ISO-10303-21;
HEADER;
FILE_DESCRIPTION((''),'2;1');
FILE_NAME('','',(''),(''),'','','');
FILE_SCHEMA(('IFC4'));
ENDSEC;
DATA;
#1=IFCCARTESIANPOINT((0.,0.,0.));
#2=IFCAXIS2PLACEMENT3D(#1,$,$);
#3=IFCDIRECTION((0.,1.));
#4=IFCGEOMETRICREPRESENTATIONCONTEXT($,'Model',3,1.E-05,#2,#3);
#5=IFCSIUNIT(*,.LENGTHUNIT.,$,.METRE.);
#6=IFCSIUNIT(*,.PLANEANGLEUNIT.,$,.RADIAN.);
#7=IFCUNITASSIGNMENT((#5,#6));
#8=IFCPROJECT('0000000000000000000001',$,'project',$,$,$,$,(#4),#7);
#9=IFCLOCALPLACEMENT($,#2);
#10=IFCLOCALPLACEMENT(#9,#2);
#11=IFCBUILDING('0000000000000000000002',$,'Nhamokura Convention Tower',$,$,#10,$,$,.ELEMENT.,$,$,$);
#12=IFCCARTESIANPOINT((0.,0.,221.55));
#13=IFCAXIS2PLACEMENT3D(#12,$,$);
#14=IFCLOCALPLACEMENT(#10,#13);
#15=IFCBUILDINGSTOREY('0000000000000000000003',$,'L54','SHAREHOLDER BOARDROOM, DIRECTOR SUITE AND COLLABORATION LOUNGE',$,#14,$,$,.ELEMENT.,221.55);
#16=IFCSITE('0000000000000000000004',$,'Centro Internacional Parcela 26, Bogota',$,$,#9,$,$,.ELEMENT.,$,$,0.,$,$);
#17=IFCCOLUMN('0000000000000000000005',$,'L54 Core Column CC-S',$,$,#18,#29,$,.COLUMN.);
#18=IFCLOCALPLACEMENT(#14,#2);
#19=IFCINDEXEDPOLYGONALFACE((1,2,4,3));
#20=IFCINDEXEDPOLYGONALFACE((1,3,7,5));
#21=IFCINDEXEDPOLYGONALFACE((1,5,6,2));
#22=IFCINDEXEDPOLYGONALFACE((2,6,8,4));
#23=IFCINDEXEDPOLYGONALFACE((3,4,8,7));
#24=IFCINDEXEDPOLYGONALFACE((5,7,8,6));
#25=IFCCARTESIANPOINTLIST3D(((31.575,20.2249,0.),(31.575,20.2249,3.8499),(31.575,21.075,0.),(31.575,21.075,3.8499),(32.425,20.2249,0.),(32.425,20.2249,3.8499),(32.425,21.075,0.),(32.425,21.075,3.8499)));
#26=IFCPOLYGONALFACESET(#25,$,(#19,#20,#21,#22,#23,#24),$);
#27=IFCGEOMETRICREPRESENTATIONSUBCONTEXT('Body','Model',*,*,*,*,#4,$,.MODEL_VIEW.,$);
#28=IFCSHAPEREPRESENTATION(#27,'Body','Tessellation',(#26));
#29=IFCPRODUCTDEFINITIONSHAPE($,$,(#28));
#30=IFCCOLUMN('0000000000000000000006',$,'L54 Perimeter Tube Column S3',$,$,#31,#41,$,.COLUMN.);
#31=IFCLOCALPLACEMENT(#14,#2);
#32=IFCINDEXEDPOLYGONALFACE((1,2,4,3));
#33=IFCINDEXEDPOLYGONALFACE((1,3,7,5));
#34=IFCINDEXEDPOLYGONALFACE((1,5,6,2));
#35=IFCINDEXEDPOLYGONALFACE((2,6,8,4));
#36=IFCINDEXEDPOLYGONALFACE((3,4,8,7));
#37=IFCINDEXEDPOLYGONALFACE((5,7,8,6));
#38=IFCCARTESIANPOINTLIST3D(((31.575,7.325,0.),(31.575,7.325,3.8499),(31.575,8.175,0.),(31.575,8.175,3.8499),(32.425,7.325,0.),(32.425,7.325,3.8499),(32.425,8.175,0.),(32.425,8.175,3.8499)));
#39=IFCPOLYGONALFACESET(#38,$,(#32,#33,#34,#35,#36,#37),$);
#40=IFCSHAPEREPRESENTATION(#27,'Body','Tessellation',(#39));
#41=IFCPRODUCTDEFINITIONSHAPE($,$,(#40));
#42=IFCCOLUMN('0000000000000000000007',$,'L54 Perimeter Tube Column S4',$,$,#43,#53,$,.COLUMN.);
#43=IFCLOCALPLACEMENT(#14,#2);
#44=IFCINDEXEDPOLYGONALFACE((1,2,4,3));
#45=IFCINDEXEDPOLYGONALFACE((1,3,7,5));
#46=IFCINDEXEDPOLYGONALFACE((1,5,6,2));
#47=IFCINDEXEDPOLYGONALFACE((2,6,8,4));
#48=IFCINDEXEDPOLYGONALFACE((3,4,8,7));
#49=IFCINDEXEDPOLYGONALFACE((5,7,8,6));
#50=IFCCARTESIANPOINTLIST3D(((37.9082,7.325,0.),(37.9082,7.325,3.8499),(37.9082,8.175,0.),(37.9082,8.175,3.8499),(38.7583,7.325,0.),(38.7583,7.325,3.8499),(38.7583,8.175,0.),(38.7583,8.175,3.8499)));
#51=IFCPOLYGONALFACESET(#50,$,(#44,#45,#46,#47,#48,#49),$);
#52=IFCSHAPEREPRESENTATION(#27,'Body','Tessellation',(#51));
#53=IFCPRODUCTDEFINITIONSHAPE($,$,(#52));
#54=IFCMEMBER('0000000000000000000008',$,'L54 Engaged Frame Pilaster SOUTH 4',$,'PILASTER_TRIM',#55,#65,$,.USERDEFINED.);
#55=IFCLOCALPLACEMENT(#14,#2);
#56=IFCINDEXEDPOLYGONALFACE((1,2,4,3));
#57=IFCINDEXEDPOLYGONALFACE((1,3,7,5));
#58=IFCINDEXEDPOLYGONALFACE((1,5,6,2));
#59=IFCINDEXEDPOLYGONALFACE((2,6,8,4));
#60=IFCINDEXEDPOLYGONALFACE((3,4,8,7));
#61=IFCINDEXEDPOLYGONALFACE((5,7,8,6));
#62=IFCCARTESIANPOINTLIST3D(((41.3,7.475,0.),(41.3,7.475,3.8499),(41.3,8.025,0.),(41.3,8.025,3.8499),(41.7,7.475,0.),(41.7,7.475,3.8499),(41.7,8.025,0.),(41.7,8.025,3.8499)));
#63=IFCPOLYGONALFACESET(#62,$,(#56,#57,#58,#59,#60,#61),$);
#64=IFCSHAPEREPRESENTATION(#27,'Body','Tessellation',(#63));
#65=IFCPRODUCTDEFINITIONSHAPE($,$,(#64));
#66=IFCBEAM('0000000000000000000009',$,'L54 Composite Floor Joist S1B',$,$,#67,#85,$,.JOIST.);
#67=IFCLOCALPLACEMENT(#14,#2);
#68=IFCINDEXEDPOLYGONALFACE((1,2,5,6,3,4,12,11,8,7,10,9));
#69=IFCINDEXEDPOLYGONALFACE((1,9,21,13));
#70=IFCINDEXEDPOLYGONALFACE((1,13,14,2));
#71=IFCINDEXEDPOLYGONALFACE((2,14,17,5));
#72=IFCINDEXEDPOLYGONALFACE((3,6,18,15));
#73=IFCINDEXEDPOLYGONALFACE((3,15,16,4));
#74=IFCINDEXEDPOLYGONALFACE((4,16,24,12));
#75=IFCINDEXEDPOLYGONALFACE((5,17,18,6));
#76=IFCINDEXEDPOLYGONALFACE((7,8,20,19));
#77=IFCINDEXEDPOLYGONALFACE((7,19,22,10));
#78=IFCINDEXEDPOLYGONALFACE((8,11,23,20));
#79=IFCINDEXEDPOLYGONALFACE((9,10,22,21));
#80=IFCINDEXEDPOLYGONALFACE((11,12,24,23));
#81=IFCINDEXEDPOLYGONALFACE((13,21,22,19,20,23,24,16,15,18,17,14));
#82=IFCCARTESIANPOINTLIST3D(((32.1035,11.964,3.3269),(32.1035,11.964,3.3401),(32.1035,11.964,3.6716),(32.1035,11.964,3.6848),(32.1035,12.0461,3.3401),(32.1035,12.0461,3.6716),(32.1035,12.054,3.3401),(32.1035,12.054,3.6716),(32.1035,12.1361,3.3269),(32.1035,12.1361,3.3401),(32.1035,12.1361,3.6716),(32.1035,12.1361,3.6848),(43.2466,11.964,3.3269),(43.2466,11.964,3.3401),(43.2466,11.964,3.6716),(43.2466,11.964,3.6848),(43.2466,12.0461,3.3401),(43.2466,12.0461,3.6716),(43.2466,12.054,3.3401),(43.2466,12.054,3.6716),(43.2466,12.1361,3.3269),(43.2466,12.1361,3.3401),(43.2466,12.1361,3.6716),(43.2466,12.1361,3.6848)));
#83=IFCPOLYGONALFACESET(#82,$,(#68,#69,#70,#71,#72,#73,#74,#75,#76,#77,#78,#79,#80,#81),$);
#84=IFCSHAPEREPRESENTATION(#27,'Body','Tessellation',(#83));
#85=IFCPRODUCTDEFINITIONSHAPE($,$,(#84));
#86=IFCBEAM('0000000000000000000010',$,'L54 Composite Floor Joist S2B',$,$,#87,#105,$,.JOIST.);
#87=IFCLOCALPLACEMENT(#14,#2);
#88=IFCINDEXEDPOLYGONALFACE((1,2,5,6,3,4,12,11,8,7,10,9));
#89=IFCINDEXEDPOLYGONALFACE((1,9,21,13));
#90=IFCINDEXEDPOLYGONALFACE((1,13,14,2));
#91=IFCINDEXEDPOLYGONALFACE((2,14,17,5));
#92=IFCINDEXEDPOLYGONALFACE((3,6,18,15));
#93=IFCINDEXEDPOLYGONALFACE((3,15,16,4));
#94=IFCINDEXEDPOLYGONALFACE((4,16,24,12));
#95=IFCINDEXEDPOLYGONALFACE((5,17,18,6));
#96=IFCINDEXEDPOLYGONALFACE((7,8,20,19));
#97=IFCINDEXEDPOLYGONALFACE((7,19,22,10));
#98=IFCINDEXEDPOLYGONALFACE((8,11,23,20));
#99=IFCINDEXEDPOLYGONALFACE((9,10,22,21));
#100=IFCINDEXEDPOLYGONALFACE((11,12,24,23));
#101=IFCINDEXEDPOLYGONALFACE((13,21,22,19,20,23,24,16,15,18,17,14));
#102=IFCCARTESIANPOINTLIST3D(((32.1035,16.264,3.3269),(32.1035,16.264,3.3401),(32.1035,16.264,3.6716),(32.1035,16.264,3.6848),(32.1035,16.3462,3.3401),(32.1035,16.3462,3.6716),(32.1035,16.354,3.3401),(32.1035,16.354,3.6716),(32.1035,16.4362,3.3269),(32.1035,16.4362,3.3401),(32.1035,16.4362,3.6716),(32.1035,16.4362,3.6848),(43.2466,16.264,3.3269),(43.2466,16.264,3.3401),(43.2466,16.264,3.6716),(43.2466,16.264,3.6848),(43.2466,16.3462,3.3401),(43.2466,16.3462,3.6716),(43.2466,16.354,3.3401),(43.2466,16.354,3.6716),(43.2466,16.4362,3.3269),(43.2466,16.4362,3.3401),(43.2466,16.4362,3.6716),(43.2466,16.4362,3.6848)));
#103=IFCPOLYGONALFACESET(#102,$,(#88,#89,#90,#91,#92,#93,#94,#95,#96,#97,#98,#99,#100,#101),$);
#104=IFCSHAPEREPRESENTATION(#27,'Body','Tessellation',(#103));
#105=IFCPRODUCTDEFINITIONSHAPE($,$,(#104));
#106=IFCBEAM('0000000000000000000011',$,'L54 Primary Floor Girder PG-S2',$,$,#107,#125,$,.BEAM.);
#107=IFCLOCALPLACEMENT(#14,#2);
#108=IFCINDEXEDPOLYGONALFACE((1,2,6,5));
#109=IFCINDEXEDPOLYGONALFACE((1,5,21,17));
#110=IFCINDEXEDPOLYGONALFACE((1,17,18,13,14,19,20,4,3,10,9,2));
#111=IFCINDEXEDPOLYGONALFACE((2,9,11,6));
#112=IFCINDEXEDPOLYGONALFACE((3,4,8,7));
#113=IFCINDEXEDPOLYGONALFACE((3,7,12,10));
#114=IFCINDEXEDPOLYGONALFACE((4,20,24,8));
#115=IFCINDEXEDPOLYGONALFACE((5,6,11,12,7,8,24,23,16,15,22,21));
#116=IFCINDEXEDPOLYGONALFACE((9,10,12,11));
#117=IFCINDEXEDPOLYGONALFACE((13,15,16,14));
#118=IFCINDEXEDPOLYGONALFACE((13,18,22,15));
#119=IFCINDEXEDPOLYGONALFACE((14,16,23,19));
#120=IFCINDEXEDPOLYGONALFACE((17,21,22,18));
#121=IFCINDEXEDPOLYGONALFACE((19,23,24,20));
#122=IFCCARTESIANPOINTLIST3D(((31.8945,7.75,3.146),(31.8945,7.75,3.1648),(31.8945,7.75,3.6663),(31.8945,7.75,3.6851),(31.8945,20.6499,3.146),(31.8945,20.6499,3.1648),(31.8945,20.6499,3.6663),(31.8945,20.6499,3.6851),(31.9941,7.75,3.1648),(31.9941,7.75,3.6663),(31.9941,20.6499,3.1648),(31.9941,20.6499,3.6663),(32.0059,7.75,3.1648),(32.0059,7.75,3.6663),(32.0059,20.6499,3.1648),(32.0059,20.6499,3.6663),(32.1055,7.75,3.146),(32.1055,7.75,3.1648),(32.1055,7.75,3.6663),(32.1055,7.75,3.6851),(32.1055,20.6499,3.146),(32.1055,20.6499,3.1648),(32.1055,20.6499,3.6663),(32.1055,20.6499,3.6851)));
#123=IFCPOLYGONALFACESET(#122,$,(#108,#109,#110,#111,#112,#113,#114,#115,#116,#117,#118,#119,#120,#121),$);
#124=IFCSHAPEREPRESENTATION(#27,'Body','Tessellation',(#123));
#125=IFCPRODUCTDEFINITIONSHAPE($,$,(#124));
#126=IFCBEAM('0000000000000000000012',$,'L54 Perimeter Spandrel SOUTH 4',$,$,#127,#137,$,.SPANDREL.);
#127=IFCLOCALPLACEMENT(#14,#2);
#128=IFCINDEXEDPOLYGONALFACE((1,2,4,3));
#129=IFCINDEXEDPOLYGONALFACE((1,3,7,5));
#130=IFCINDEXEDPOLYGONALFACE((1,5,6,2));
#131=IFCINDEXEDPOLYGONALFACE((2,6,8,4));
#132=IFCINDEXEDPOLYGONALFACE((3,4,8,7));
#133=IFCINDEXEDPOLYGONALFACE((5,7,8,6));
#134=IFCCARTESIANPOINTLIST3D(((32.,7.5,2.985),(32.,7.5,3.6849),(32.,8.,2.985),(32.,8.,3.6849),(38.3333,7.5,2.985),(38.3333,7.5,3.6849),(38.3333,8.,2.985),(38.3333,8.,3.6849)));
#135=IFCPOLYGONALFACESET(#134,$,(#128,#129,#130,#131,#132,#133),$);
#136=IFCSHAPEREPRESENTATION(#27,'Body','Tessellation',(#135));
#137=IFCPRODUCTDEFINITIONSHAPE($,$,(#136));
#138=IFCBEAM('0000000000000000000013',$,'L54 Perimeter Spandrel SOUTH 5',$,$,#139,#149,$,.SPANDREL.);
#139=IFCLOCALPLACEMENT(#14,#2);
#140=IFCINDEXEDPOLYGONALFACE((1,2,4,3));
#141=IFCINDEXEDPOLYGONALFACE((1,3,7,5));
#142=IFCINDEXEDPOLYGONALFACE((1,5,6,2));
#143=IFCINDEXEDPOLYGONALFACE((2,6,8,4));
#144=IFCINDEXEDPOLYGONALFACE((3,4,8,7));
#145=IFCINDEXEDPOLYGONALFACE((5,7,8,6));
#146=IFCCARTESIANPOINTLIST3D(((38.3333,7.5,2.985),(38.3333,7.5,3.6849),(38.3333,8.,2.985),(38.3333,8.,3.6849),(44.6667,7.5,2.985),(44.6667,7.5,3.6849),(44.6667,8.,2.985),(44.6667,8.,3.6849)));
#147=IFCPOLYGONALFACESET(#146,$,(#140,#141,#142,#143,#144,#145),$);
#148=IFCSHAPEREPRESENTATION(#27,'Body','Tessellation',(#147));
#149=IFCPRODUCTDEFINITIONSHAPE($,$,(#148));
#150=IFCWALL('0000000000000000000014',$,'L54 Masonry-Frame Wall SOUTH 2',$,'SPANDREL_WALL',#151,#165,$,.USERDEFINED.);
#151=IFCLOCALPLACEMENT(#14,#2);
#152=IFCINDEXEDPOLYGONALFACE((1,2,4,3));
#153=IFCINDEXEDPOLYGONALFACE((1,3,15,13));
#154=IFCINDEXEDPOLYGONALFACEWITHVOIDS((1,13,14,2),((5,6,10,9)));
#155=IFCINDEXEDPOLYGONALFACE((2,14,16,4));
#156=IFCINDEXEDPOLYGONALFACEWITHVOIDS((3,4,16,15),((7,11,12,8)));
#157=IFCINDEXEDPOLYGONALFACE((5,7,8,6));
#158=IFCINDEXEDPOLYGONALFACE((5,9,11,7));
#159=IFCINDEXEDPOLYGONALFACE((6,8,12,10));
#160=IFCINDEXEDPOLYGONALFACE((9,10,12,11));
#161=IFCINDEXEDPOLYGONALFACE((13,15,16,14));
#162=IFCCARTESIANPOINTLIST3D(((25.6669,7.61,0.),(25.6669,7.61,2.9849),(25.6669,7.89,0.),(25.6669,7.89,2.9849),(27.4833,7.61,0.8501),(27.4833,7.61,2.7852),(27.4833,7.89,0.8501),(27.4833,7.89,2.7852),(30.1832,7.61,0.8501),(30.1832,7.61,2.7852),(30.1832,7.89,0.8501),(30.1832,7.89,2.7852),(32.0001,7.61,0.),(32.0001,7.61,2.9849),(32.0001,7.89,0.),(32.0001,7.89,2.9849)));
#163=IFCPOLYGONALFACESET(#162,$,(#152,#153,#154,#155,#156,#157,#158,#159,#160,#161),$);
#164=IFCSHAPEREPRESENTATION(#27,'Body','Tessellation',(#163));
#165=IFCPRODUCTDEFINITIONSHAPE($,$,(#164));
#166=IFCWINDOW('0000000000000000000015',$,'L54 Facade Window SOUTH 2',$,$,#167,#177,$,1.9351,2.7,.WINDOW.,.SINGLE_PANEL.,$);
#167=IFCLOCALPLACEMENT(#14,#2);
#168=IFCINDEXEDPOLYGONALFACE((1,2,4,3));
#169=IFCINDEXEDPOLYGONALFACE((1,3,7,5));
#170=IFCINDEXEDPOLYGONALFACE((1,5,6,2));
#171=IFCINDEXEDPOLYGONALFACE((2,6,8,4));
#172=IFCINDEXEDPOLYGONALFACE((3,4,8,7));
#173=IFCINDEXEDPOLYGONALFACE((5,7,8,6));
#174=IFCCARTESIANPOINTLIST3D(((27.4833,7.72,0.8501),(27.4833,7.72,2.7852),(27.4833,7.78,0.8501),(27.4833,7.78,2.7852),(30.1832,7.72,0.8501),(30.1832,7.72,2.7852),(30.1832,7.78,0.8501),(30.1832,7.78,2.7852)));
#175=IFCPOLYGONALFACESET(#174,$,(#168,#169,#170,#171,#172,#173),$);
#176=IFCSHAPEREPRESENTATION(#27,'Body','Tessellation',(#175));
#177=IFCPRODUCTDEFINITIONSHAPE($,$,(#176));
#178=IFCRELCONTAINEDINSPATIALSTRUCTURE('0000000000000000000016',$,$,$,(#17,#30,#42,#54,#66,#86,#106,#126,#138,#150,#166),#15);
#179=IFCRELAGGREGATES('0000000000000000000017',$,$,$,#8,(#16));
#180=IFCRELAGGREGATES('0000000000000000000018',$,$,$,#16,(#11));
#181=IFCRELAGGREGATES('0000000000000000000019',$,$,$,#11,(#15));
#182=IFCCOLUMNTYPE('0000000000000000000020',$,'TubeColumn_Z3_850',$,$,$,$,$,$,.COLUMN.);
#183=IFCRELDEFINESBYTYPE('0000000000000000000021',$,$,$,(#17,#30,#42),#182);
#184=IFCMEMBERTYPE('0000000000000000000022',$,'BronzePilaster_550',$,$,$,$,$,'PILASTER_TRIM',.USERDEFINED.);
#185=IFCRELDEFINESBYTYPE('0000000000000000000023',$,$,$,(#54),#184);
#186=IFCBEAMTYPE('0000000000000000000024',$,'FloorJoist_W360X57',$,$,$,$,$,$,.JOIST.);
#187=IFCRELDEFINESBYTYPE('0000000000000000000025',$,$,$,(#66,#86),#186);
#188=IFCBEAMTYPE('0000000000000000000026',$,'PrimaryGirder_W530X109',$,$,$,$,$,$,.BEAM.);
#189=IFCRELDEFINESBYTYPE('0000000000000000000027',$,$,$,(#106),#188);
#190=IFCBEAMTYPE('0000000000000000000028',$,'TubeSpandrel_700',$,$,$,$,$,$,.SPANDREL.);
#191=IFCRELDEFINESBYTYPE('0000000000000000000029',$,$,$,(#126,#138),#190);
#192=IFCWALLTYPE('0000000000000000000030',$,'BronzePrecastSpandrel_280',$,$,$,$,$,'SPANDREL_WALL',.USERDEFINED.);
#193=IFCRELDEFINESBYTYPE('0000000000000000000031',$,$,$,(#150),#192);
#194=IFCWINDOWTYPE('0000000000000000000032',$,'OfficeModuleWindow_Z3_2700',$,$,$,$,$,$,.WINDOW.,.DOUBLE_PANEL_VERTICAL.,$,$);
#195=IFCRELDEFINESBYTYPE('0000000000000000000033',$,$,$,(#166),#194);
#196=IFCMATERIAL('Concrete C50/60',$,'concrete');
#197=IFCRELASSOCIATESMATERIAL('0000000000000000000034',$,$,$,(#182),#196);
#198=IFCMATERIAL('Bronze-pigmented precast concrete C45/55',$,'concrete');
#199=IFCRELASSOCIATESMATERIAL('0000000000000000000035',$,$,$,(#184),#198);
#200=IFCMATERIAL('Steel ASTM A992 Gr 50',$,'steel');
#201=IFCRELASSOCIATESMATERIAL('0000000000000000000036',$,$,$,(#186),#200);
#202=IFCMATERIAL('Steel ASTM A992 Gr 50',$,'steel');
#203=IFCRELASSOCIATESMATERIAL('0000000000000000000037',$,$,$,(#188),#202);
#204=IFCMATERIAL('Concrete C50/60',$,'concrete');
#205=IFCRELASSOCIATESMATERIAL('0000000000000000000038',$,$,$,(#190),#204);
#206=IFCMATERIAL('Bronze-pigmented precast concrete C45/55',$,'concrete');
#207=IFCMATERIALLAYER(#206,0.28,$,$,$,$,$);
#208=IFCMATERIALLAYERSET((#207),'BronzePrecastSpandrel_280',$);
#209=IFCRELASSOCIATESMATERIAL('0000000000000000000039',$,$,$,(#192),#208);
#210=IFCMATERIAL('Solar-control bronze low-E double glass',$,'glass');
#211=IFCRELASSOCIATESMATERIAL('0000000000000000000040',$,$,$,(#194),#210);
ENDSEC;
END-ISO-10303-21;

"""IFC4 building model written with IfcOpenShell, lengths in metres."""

from ifc_helpers import new_model, si_unit, direction, frame, frame_2d, origin, origin_2d, place, context, subcontext, project, spatial, rectangle, i_section, extrude, material, layer, layer_set, material_profile, profile_set, type_object, element, fill, save


model = new_model("IFC4")

# Units and contexts
model_context = context("Model", 3, precision=1e-05, world=origin(), true_north=direction((0.0, 1.0)))
body_context = subcontext(model_context, "Body", "Model", "MODEL_VIEW")
ifc_project = project(units=[si_unit("LENGTHUNIT", "METRE"), si_unit("PLANEANGLEUNIT", "RADIAN")], contexts=[model_context])

# Site, building, storey
site_placement = place(None, origin())
site = spatial("IfcSite", under=ifc_project, at=site_placement, Name="Centro Internacional Parcela 26, Bogota", CompositionType="ELEMENT", RefElevation=0.0)
building_placement = place(site_placement, origin())
building = spatial("IfcBuilding", under=site, at=building_placement, Name="Nhamokura Convention Tower", CompositionType="ELEMENT")
storey_placement = place(building_placement, frame((0.0, 0.0, 221.55)))
storey = spatial("IfcBuildingStorey", under=building, at=storey_placement, Name="L54", Description="SHAREHOLDER BOARDROOM, DIRECTOR SUITE AND COLLABORATION LOUNGE", CompositionType="ELEMENT", Elevation=221.55)

# Columns
ifc_material_1 = material(Name="Concrete C50/60", Category="concrete")
ifc_material_profile_1 = material_profile(ifc_material_1, rectangle(XDim=0.8501, YDim=0.8501, at=origin_2d()))
ifc_profile_set_1 = profile_set([ifc_material_profile_1], Name="Concrete C50/60")
column_type = type_object("IfcColumnType", Name="TubeColumn_Z3_850", PredefinedType="COLUMN", material=ifc_profile_set_1)
for number, where, z_axis, x_axis, name in (
    (1, (32.0, 20.6499, 0.0), (0.0, 0.0, 1.0), (1.0, 0.0, 0.0), "L54 Core Column CC-S"),
    (2, (32.0, 7.75, 0.0), (0.0, 0.0, 1.0), (1.0, 0.0, 0.0), "L54 Perimeter Tube Column S3"),
    (3, (38.3333, 7.75, 0.0), (0.0, 0.0, 1.0), (1.0, 0.0, 0.0), "L54 Perimeter Tube Column S4"),
):
    element("IfcColumn", number, at=place(storey_placement, frame(where, z_axis=z_axis, x_axis=x_axis)), inside=storey, type_object=column_type, Name=name, PredefinedType="COLUMN", context=body_context, shape_type="SweptSolid", body=[
        extrude(rectangle(XDim=0.8501, YDim=0.8501, at=origin_2d()), origin(), (0.0, 0.0, 1.0), 3.8499),
    ])

# Member
ifc_material_2 = material(Name="Bronze-pigmented precast concrete C45/55", Category="concrete")
ifc_material_profile_2 = material_profile(ifc_material_2, rectangle(XDim=0.3999, YDim=0.55, at=origin_2d()))
ifc_profile_set_2 = profile_set([ifc_material_profile_2], Name="Bronze-pigmented precast concrete C45/55")
member_type = type_object("IfcMemberType", Name="BronzePilaster_550", ElementType="PILASTER_TRIM", PredefinedType="USERDEFINED", material=ifc_profile_set_2)
member_placement = place(storey_placement, frame((41.5, 7.75, 0.0), z_axis=(0.0, 0.0, 1.0), x_axis=(1.0, 0.0, 0.0)))
element("IfcMember", 4, at=member_placement, inside=storey, type_object=member_type, Name="L54 Engaged Frame Pilaster SOUTH 4", ObjectType="PILASTER_TRIM", PredefinedType="USERDEFINED", context=body_context, shape_type="SweptSolid", body=[
    extrude(rectangle(XDim=0.3999, YDim=0.55, at=origin_2d()), origin(), (0.0, 0.0, 1.0), 3.8499),
])

# Beams
ifc_material_3 = material(Name="Steel ASTM A992 Gr 50", Category="steel")
ifc_material_profile_3 = material_profile(ifc_material_3, i_section(OverallWidth=0.1721, OverallDepth=0.3579, WebThickness=0.0078, FlangeThickness=0.0132, at=origin_2d()))
ifc_profile_set_3 = profile_set([ifc_material_profile_3], Name="Steel ASTM A992 Gr 50")
beam_type_1 = type_object("IfcBeamType", Name="FloorJoist_W360X57", PredefinedType="JOIST", material=ifc_profile_set_3)
for number, where, z_axis, x_axis, name in (
    (5, (32.1035, 12.05, 3.5059), (1.0, 0.0, 0.0), (0.0, 1.0, 0.0), "L54 Composite Floor Joist S1B"),
    (6, (32.1035, 16.3501, 3.5059), (1.0, 0.0, 0.0), (0.0, 1.0, 0.0), "L54 Composite Floor Joist S2B"),
):
    element("IfcBeam", number, at=place(storey_placement, frame(where, z_axis=z_axis, x_axis=x_axis)), inside=storey, type_object=beam_type_1, Name=name, PredefinedType="JOIST", context=body_context, shape_type="SweptSolid", body=[
        extrude(i_section(OverallWidth=0.1721, OverallDepth=0.3579, WebThickness=0.0078, FlangeThickness=0.0132, at=origin_2d()), origin(), (0.0, 0.0, 1.0), 11.1431),
    ])
ifc_material_4 = material(Name="Steel ASTM A992 Gr 50", Category="steel")
ifc_material_profile_4 = material_profile(ifc_material_4, i_section(OverallWidth=0.2109, OverallDepth=0.5391, WebThickness=0.0117, FlangeThickness=0.0188, at=origin_2d()))
ifc_profile_set_4 = profile_set([ifc_material_profile_4], Name="Steel ASTM A992 Gr 50")
beam_type_2 = type_object("IfcBeamType", Name="PrimaryGirder_W530X109", PredefinedType="BEAM", material=ifc_profile_set_4)
beam_1_placement = place(storey_placement, frame((32.0, 7.75, 3.4155), z_axis=(0.0, 1.0, 0.0), x_axis=(-1.0, 0.0, 0.0)))
element("IfcBeam", 7, at=beam_1_placement, inside=storey, type_object=beam_type_2, Name="L54 Primary Floor Girder PG-S2", PredefinedType="BEAM", context=body_context, shape_type="SweptSolid", body=[
    extrude(i_section(OverallWidth=0.2109, OverallDepth=0.5391, WebThickness=0.0117, FlangeThickness=0.0188, at=origin_2d()), origin(), (0.0, 0.0, 1.0), 12.8999),
])
ifc_material_5 = material(Name="Concrete C50/60", Category="concrete")
ifc_material_profile_5 = material_profile(ifc_material_5, rectangle(XDim=0.5, YDim=0.7, at=origin_2d()))
ifc_profile_set_5 = profile_set([ifc_material_profile_5], Name="Concrete C50/60")
beam_type_3 = type_object("IfcBeamType", Name="TubeSpandrel_700", PredefinedType="SPANDREL", material=ifc_profile_set_5)
beam_2_placement = place(storey_placement, frame((32.0, 7.75, 3.335), z_axis=(1.0, 0.0, 0.0), x_axis=(0.0, 1.0, 0.0)))
element("IfcBeam", 8, at=beam_2_placement, inside=storey, type_object=beam_type_3, Name="L54 Perimeter Spandrel SOUTH 4", PredefinedType="SPANDREL", context=body_context, shape_type="SweptSolid", body=[
    extrude(rectangle(XDim=0.5, YDim=0.7, at=origin_2d()), origin(), (0.0, 0.0, 1.0), 6.3333),
])
beam_3_placement = place(storey_placement, frame((38.3333, 7.75, 3.335), z_axis=(1.0, 0.0, 0.0), x_axis=(0.0, 1.0, 0.0)))
element("IfcBeam", 9, at=beam_3_placement, inside=storey, type_object=beam_type_3, Name="L54 Perimeter Spandrel SOUTH 5", PredefinedType="SPANDREL", context=body_context, shape_type="SweptSolid", body=[
    extrude(rectangle(XDim=0.5, YDim=0.7, at=origin_2d()), origin(), (0.0, 0.0, 1.0), 6.3335),
])

# Wall, opening, window
ifc_material_6 = material(Name="Bronze-pigmented precast concrete C45/55", Category="concrete")
ifc_layer_1 = layer(ifc_material_6, 0.28)
ifc_layer_set_1 = layer_set([ifc_layer_1], Name="BronzePrecastSpandrel_280")
wall_type_1 = type_object("IfcWallType", Name="BronzePrecastSpandrel_280", ElementType="SPANDREL_WALL", PredefinedType="USERDEFINED", material=ifc_layer_set_1)
wall_1_placement = place(storey_placement, frame((32.0, 7.75, 0.0), z_axis=(0.0, 0.0, 1.0), x_axis=(-1.0, 0.0, 0.0)))
wall_1 = element("IfcWall", 10, at=wall_1_placement, inside=storey, type_object=wall_type_1, Name="L54 Masonry-Frame Wall SOUTH 2", ObjectType="SPANDREL_WALL", PredefinedType="USERDEFINED", context=body_context, shape_type="SweptSolid", body=[
    extrude(rectangle(XDim=6.3333, YDim=0.28, at=frame_2d((3.1665, 0.0))), origin(), (0.0, 0.0, 1.0), 2.9849),
])
opening_1_placement = place(wall_1_placement, frame((1.8167, 0.0, 0.8501)))
opening_1 = element("IfcOpeningElement", 11, at=opening_1_placement, cuts=wall_1, PredefinedType="OPENING", context=body_context, shape_type="SweptSolid", body=[
    extrude(rectangle(XDim=2.7, YDim=1.9351, at=frame_2d((1.3501, 0.9675))), frame((0.0, 0.1499, 0.0), z_axis=(0.0, -1.0, 0.0), x_axis=(1.0, 0.0, 0.0)), (0.0, 0.0, 1.0), 0.3),
])
ifc_material_7 = material(Name="Solar-control bronze low-E double glass", Category="glass")
window_type = type_object("IfcWindowType", Name="OfficeModuleWindow_Z3_2700", PartitioningType="DOUBLE_PANEL_VERTICAL", PredefinedType="WINDOW", material=ifc_material_7)
window_1_placement = place(opening_1_placement, origin())
window_1 = element("IfcWindow", 12, at=window_1_placement, inside=storey, type_object=window_type, Name="L54 Facade Window SOUTH 2", OverallHeight=1.9351, OverallWidth=2.7, PartitioningType="SINGLE_PANEL", PredefinedType="WINDOW", context=body_context, shape_type="SweptSolid", body=[
    extrude(rectangle(XDim=2.7, YDim=1.9351, at=frame_2d((1.3501, 0.9675))), frame((0.0, 0.03, 0.0), z_axis=(0.0, -1.0, 0.0), x_axis=(1.0, 0.0, 0.0)), (0.0, 0.0, 1.0), 0.0601),
])
fill(opening_1, window_1)

save(model, "model.ifc")
